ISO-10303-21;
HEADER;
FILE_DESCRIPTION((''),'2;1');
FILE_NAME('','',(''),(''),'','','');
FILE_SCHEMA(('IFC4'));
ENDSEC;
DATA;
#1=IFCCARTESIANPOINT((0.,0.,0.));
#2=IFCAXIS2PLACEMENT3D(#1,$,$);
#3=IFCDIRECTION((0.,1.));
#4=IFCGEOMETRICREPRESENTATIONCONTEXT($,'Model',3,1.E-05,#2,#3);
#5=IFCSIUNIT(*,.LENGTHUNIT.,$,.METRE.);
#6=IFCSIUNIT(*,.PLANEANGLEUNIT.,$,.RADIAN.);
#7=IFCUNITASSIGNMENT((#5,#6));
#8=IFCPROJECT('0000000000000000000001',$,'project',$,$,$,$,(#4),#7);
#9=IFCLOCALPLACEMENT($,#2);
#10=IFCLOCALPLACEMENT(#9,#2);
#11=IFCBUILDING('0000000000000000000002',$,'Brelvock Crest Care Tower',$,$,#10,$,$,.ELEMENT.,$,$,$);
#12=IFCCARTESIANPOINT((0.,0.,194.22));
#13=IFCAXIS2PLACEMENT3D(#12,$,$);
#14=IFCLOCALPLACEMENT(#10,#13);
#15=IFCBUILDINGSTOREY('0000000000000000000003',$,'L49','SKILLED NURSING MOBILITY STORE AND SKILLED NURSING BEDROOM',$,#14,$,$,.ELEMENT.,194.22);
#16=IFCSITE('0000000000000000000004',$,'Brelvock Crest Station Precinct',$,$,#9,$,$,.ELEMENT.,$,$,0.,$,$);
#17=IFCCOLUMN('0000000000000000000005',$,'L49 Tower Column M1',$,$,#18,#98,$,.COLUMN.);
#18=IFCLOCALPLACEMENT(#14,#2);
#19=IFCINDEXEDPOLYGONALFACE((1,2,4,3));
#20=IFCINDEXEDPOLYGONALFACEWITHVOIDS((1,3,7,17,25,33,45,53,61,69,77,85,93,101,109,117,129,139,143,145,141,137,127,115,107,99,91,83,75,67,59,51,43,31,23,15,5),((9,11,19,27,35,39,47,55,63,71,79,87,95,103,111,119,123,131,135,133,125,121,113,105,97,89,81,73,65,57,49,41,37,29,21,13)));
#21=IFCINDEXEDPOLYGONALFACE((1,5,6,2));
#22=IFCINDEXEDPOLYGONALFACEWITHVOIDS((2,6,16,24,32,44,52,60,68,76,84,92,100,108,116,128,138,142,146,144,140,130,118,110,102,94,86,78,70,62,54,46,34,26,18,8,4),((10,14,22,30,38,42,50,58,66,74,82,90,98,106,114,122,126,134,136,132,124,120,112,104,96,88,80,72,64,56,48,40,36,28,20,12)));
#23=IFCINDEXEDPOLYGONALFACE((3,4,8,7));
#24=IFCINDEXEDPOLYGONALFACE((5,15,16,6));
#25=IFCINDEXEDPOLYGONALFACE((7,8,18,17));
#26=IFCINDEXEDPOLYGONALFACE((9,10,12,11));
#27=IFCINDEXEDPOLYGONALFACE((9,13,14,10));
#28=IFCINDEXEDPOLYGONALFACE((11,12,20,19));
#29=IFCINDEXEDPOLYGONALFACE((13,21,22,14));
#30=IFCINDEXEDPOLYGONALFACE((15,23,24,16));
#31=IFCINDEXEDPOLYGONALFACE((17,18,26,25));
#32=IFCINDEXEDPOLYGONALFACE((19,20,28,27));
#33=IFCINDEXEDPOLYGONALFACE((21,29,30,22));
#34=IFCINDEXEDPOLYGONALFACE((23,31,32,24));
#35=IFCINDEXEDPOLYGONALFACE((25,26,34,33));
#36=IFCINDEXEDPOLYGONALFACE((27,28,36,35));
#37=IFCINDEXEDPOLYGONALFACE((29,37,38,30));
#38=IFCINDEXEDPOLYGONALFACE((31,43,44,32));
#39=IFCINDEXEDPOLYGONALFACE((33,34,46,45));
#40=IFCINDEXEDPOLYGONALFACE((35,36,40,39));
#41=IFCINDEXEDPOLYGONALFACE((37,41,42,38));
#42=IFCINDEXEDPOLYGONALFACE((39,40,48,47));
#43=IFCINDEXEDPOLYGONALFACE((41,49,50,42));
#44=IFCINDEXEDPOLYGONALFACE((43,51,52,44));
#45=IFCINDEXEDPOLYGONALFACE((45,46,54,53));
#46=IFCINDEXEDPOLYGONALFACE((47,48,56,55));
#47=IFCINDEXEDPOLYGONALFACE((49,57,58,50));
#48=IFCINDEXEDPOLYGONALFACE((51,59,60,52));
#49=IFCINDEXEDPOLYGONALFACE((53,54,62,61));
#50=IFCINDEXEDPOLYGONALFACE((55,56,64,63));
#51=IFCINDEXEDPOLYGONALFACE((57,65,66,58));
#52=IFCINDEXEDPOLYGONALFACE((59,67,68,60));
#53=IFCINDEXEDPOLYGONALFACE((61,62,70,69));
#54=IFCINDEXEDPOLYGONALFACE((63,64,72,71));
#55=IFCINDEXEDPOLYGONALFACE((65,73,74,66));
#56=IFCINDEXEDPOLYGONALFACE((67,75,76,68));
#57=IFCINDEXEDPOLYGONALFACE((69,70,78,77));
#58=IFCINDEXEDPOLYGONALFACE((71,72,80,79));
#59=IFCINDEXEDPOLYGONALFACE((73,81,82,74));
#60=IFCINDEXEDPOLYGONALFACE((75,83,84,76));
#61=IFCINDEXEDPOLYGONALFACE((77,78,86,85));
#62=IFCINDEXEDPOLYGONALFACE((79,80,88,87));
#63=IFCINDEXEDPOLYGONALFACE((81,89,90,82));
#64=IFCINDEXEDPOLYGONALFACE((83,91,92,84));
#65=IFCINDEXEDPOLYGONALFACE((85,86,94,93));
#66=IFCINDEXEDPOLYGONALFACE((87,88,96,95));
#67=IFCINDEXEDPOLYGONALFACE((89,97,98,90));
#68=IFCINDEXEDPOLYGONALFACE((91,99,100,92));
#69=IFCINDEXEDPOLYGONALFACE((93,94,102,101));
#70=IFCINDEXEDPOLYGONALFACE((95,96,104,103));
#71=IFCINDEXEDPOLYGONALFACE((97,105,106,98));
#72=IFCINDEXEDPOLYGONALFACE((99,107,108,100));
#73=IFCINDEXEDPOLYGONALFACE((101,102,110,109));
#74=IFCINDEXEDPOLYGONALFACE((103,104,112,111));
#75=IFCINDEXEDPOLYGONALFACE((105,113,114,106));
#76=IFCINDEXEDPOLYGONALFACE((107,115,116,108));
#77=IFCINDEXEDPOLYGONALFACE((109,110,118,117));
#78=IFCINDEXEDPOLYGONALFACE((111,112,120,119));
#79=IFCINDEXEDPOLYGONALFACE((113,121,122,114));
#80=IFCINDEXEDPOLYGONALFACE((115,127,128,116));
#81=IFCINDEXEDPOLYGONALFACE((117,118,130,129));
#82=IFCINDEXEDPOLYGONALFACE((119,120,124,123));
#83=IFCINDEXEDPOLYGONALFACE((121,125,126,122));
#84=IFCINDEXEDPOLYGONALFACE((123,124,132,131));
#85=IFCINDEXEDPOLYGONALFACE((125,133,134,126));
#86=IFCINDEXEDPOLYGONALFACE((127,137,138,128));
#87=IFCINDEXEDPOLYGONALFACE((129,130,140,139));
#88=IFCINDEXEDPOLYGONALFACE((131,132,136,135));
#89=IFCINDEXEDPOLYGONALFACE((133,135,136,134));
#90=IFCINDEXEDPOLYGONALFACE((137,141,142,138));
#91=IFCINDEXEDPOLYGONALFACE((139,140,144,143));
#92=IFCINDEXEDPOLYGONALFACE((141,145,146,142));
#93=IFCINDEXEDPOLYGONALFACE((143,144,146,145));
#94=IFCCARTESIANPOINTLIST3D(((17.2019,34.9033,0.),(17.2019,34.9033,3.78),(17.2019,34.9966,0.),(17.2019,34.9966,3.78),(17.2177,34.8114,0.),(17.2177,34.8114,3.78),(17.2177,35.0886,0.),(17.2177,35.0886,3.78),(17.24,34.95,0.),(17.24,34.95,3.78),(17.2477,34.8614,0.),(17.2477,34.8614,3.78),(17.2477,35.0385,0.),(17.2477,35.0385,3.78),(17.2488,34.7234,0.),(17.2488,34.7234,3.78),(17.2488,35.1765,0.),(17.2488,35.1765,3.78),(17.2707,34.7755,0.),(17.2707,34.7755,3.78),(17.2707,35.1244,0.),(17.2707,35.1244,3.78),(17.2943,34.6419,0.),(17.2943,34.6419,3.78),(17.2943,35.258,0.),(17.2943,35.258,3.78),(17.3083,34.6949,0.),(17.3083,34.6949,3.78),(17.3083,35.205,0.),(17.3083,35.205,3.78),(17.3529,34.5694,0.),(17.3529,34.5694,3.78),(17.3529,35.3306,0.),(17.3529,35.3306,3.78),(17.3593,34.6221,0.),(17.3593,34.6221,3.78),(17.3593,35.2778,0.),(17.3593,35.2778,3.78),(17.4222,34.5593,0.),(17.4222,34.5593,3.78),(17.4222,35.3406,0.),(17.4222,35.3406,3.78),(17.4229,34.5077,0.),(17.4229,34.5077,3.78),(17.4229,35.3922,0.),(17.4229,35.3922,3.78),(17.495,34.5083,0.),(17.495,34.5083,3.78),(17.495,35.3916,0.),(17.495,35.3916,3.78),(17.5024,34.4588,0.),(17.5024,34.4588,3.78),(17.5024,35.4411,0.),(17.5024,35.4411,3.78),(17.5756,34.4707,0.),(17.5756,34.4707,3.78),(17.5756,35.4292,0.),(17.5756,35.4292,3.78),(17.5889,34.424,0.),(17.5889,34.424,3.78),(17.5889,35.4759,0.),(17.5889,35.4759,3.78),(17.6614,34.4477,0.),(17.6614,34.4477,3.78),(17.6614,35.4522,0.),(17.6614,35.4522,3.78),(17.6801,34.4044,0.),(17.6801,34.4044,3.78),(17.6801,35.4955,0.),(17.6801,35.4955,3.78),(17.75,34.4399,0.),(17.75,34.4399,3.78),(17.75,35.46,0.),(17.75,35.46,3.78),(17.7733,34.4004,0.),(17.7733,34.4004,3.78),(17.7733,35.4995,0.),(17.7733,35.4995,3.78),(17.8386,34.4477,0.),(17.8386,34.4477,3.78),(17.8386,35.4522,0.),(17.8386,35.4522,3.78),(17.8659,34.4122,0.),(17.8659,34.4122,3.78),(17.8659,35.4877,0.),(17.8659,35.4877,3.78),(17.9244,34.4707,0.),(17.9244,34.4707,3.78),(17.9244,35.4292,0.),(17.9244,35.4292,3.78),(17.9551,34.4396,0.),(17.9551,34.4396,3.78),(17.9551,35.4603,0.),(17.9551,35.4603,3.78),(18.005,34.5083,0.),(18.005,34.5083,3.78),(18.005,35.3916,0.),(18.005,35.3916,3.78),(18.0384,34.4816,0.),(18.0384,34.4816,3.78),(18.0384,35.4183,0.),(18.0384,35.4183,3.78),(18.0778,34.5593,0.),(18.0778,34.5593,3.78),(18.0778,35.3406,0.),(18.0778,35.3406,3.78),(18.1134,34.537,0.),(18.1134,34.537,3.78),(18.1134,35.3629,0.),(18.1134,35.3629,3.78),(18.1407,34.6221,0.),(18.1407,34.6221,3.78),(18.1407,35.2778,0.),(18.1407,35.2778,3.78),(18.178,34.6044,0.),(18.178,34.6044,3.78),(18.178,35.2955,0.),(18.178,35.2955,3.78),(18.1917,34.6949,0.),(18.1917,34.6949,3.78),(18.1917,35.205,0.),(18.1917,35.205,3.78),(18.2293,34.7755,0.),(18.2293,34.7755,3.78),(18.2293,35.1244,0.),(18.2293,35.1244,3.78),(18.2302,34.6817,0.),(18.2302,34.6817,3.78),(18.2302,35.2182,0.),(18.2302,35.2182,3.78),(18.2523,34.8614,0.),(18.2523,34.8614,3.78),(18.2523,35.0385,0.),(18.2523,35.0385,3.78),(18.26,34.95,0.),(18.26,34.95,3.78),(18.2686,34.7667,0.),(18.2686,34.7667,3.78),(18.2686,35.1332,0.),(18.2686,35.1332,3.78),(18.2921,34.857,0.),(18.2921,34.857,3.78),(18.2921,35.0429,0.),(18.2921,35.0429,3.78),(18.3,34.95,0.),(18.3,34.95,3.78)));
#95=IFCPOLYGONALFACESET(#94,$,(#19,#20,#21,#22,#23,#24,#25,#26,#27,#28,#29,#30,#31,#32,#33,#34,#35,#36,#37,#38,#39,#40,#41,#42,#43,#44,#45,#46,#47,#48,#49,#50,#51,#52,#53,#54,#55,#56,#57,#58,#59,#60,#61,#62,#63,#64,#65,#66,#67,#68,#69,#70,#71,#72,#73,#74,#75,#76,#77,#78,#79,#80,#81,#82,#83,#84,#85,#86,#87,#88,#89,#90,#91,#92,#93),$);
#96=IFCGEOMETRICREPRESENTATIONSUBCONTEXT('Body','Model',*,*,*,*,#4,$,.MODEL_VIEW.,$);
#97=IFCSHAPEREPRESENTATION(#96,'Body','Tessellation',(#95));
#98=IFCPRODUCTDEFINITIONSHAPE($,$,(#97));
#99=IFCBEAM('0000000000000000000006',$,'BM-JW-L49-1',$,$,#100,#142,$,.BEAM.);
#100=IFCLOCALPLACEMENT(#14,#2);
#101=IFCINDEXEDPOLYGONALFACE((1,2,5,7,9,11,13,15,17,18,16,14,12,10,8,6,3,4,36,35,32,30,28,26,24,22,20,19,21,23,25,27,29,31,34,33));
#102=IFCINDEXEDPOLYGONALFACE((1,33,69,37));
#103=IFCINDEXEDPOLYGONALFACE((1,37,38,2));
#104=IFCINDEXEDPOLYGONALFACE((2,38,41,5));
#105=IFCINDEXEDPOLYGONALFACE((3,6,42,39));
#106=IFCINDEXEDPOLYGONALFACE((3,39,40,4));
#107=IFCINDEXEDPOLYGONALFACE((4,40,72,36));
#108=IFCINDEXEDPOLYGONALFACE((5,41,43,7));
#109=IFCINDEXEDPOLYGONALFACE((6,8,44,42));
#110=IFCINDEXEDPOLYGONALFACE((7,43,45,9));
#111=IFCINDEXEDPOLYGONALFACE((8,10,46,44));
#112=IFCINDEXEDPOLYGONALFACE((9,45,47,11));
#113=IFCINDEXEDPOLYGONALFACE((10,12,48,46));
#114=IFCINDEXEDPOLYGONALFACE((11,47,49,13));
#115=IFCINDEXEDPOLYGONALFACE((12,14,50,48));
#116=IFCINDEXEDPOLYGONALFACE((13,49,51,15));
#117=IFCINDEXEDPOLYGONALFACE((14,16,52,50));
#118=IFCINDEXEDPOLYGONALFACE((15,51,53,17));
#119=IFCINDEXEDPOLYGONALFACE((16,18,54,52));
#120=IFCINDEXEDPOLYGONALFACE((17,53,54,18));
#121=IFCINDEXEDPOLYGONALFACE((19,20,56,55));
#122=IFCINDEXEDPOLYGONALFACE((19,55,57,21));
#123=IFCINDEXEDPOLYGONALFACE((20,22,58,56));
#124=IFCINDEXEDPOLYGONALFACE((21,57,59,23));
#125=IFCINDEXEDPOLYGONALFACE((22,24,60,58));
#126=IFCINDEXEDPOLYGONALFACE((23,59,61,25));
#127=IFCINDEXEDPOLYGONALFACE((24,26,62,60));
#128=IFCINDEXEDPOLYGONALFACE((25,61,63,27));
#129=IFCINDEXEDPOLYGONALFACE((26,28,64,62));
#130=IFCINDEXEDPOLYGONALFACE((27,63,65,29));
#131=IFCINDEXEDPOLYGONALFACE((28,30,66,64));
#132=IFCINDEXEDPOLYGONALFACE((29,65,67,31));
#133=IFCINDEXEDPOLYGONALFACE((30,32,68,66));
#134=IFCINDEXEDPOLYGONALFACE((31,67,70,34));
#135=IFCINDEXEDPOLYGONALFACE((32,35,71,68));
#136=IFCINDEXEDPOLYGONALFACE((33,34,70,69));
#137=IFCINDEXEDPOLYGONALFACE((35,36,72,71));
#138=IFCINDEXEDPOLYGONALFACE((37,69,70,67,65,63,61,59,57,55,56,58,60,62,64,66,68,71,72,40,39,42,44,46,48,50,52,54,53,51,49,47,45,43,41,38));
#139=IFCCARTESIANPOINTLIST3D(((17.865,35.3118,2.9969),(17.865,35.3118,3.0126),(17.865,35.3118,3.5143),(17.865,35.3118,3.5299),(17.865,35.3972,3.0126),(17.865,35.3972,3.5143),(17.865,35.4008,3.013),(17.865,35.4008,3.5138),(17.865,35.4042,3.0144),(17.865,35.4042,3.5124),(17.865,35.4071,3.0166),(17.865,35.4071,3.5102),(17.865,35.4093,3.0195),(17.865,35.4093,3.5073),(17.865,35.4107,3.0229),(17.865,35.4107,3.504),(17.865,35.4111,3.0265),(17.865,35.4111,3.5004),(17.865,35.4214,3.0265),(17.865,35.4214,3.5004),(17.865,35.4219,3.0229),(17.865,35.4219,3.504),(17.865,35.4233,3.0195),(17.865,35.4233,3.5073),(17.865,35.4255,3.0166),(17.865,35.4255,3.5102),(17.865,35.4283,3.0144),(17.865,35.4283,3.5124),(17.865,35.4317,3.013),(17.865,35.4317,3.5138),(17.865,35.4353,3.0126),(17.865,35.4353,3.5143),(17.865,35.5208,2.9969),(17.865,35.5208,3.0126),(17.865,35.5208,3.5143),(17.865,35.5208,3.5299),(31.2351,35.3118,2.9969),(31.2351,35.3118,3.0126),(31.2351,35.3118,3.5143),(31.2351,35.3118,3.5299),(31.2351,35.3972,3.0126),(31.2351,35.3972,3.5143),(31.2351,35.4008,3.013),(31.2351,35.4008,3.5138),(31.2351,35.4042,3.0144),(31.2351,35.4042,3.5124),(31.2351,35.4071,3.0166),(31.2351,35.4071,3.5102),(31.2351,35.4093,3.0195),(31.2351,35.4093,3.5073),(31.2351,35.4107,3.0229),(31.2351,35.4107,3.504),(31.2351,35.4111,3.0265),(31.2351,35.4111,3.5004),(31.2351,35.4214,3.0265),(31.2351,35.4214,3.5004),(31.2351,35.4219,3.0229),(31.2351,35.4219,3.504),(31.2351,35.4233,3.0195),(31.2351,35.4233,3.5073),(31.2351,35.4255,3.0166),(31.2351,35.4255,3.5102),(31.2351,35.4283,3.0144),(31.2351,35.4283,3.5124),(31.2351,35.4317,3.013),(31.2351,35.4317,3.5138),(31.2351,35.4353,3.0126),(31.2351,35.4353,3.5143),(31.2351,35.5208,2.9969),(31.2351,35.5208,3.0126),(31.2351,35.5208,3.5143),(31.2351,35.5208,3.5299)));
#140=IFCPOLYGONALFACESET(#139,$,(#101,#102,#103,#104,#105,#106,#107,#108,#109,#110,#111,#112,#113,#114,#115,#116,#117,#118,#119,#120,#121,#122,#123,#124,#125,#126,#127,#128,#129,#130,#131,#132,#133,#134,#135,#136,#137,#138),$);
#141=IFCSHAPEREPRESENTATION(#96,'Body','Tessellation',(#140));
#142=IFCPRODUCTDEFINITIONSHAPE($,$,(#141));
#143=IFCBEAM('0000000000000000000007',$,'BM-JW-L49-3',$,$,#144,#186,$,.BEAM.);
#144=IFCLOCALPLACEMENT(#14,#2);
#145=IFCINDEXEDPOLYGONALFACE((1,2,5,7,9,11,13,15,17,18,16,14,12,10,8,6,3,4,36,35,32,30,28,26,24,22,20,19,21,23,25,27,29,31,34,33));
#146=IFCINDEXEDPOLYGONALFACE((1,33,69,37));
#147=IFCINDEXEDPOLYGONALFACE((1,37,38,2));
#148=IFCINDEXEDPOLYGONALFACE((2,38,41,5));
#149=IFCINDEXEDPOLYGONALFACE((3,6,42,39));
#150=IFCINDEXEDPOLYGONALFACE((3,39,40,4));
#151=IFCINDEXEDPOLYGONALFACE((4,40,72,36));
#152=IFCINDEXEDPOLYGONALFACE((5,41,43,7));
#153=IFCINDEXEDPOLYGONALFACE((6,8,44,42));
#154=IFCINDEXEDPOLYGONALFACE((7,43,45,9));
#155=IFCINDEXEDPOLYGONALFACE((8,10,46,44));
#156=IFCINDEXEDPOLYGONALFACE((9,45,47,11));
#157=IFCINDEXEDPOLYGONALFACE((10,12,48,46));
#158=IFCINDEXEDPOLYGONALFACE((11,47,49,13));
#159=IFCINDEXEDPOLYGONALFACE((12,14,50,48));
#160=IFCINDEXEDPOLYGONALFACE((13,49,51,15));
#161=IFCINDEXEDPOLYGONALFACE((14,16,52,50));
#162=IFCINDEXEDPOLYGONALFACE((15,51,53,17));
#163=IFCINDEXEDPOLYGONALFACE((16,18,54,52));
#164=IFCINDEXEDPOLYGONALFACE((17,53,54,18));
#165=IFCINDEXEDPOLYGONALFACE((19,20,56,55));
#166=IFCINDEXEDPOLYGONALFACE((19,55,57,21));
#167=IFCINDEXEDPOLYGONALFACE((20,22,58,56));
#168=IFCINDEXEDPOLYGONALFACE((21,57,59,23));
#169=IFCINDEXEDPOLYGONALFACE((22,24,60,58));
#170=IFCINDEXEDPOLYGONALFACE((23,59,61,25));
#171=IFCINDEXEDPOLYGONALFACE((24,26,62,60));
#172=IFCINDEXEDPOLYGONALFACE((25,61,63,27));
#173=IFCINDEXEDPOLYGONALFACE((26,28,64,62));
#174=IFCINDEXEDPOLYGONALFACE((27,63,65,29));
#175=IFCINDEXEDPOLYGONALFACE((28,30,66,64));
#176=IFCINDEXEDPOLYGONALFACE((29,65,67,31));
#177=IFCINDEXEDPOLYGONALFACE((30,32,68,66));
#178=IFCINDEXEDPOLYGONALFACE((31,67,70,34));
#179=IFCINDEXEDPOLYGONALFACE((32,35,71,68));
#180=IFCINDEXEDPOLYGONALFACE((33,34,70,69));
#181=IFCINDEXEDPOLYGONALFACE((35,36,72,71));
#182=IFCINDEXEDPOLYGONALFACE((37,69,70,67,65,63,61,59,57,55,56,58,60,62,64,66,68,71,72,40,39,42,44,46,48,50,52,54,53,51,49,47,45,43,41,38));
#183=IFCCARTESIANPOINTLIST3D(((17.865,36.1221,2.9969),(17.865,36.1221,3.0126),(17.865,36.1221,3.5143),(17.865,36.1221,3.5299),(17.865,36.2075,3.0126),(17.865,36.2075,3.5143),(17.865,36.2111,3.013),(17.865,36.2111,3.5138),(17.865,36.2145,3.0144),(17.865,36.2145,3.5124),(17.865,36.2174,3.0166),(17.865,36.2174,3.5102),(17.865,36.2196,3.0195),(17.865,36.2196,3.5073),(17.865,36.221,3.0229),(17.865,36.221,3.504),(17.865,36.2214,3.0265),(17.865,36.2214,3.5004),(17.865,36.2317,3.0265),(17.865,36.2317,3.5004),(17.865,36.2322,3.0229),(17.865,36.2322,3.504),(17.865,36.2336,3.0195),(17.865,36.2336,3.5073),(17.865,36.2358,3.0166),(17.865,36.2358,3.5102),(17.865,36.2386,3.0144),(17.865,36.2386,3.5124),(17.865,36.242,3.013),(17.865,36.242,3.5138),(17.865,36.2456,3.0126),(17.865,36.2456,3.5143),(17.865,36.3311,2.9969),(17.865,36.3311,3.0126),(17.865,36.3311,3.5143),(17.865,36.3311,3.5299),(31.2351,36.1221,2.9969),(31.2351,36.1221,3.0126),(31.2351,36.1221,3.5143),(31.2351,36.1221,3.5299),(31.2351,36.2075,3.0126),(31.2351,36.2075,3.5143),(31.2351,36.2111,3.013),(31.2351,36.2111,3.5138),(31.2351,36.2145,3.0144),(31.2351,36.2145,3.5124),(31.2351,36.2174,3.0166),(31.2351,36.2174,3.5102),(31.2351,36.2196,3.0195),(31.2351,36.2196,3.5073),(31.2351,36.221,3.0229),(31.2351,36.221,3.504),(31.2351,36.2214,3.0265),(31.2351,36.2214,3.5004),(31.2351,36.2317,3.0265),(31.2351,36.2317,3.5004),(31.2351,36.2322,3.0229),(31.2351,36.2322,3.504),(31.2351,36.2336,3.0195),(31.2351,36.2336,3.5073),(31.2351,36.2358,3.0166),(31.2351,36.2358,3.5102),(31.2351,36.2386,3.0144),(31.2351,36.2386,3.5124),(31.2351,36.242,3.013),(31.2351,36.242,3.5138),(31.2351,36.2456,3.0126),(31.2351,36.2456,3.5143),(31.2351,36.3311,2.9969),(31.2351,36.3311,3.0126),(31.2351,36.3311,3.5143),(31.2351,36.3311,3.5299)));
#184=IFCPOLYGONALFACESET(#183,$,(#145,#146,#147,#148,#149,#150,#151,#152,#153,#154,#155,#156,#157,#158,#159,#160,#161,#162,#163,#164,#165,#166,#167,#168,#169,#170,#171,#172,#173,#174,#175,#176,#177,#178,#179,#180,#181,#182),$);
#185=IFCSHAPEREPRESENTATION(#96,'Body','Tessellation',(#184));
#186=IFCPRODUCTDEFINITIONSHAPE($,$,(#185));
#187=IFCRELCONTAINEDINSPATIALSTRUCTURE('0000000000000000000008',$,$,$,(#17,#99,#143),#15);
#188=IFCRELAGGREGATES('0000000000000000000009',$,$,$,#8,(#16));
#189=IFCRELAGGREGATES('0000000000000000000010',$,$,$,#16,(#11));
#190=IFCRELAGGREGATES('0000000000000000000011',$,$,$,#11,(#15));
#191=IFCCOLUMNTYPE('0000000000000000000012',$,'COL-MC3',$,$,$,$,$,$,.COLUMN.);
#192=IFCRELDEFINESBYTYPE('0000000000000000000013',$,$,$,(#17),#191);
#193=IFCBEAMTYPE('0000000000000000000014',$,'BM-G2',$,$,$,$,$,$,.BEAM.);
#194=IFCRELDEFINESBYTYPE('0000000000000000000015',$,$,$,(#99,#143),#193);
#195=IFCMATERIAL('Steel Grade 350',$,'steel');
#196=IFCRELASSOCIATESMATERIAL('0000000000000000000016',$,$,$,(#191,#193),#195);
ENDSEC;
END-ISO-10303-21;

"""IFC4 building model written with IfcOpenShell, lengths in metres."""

from ifc_helpers import new_model, si_unit, direction, frame, origin, origin_2d, place, context, subcontext, project, spatial, hollow_circle, i_section, extrude, source, transform, mapped, material, material_profile, profile_set, type_object, element, save


model = new_model("IFC4")

# Units and contexts
model_context = context("Model", 3, precision=1e-05, world=origin(), true_north=direction((0.0, 1.0)))
body_context = subcontext(model_context, "Body", "Model", "MODEL_VIEW")
ifc_project = project(units=[si_unit("LENGTHUNIT", "METRE"), si_unit("PLANEANGLEUNIT", "RADIAN")], contexts=[model_context])

# Site, building, storey
site_placement = place(None, origin())
site = spatial("IfcSite", under=ifc_project, at=site_placement, Name="Brelvock Crest Station Precinct", CompositionType="ELEMENT", RefElevation=0.0)
building_placement = place(site_placement, origin())
building = spatial("IfcBuilding", under=site, at=building_placement, Name="Brelvock Crest Care Tower", CompositionType="ELEMENT")
storey_placement = place(building_placement, frame((0.0, 0.0, 194.22)))
storey = spatial("IfcBuildingStorey", under=building, at=storey_placement, Name="L49", Description="SKILLED NURSING MOBILITY STORE AND SKILLED NURSING BEDROOM", CompositionType="ELEMENT", Elevation=194.22)

# Column
ifc_material_1 = material(Name="Steel Grade 350", Category="steel")
ifc_material_profile_1 = material_profile(ifc_material_1, hollow_circle(Radius=0.55, WallThickness=0.04, at=origin_2d()), Name="CFT1100x40")
ifc_profile_set_1 = profile_set([ifc_material_profile_1], Name="Steel Grade 350")
column_type = type_object("IfcColumnType", Name="COL-MC3", PredefinedType="COLUMN", material=ifc_profile_set_1)
shared_shape_1 = source(origin(), body_context, "Body", "SweptSolid", [
    extrude(hollow_circle(Radius=0.55, WallThickness=0.04, at=origin_2d()), origin(), (0.0, 0.0, 1.0), 3.78),
])
column_placement = place(storey_placement, frame((17.75, 34.95, 0.0), z_axis=(0.0, 0.0, 1.0), x_axis=(1.0, 0.0, 0.0)))
element("IfcColumn", 1, at=column_placement, inside=storey, type_object=column_type, Name="L49 Tower Column M1", PredefinedType="COLUMN", context=body_context, shape_type="MappedRepresentation", body=[
    mapped(shared_shape_1, transform((0.0, 0.0, 0.0), x_axis=(1.0, 0.0, 0.0), y_axis=(0.0, 1.0, 0.0), z_axis=(0.0, 0.0, 1.0), scale=1.0)),
])

# Beams
ifc_material_profile_2 = material_profile(ifc_material_1, i_section(OverallWidth=0.209, OverallDepth=0.533, WebThickness=0.0103, FlangeThickness=0.0156, FilletRadius=0.0139, at=origin_2d()), Name="530UB92.4")
ifc_profile_set_2 = profile_set([ifc_material_profile_2], Name="Steel Grade 350")
beam_type_1 = type_object("IfcBeamType", Name="BM-G2", PredefinedType="BEAM", material=ifc_profile_set_2)
shared_shape_2 = source(origin(), body_context, "Body", "SweptSolid", [
    extrude(i_section(OverallWidth=0.209, OverallDepth=0.533, WebThickness=0.0103, FlangeThickness=0.0156, FilletRadius=0.0139, at=origin_2d()), origin(), (0.0, 0.0, 1.0), 13.3701),
])
for number, where, z_axis, x_axis, name in (
    (2, (17.865, 35.4163, 3.2634), (1.0, 0.0, 0.0), (0.0, 1.0, 0.0), "BM-JW-L49-1"),
    (3, (17.865, 36.2266, 3.2634), (1.0, 0.0, 0.0), (0.0, 1.0, 0.0), "BM-JW-L49-3"),
):
    element("IfcBeam", number, at=place(storey_placement, frame(where, z_axis=z_axis, x_axis=x_axis)), inside=storey, type_object=beam_type_1, Name=name, PredefinedType="BEAM", context=body_context, shape_type="MappedRepresentation", body=[
        mapped(shared_shape_2, transform((0.0, 0.0, 0.0), x_axis=(1.0, 0.0, 0.0), y_axis=(0.0, 1.0, 0.0), z_axis=(0.0, 0.0, 1.0), scale=1.0)),
    ])

save(model, "model.ifc")
